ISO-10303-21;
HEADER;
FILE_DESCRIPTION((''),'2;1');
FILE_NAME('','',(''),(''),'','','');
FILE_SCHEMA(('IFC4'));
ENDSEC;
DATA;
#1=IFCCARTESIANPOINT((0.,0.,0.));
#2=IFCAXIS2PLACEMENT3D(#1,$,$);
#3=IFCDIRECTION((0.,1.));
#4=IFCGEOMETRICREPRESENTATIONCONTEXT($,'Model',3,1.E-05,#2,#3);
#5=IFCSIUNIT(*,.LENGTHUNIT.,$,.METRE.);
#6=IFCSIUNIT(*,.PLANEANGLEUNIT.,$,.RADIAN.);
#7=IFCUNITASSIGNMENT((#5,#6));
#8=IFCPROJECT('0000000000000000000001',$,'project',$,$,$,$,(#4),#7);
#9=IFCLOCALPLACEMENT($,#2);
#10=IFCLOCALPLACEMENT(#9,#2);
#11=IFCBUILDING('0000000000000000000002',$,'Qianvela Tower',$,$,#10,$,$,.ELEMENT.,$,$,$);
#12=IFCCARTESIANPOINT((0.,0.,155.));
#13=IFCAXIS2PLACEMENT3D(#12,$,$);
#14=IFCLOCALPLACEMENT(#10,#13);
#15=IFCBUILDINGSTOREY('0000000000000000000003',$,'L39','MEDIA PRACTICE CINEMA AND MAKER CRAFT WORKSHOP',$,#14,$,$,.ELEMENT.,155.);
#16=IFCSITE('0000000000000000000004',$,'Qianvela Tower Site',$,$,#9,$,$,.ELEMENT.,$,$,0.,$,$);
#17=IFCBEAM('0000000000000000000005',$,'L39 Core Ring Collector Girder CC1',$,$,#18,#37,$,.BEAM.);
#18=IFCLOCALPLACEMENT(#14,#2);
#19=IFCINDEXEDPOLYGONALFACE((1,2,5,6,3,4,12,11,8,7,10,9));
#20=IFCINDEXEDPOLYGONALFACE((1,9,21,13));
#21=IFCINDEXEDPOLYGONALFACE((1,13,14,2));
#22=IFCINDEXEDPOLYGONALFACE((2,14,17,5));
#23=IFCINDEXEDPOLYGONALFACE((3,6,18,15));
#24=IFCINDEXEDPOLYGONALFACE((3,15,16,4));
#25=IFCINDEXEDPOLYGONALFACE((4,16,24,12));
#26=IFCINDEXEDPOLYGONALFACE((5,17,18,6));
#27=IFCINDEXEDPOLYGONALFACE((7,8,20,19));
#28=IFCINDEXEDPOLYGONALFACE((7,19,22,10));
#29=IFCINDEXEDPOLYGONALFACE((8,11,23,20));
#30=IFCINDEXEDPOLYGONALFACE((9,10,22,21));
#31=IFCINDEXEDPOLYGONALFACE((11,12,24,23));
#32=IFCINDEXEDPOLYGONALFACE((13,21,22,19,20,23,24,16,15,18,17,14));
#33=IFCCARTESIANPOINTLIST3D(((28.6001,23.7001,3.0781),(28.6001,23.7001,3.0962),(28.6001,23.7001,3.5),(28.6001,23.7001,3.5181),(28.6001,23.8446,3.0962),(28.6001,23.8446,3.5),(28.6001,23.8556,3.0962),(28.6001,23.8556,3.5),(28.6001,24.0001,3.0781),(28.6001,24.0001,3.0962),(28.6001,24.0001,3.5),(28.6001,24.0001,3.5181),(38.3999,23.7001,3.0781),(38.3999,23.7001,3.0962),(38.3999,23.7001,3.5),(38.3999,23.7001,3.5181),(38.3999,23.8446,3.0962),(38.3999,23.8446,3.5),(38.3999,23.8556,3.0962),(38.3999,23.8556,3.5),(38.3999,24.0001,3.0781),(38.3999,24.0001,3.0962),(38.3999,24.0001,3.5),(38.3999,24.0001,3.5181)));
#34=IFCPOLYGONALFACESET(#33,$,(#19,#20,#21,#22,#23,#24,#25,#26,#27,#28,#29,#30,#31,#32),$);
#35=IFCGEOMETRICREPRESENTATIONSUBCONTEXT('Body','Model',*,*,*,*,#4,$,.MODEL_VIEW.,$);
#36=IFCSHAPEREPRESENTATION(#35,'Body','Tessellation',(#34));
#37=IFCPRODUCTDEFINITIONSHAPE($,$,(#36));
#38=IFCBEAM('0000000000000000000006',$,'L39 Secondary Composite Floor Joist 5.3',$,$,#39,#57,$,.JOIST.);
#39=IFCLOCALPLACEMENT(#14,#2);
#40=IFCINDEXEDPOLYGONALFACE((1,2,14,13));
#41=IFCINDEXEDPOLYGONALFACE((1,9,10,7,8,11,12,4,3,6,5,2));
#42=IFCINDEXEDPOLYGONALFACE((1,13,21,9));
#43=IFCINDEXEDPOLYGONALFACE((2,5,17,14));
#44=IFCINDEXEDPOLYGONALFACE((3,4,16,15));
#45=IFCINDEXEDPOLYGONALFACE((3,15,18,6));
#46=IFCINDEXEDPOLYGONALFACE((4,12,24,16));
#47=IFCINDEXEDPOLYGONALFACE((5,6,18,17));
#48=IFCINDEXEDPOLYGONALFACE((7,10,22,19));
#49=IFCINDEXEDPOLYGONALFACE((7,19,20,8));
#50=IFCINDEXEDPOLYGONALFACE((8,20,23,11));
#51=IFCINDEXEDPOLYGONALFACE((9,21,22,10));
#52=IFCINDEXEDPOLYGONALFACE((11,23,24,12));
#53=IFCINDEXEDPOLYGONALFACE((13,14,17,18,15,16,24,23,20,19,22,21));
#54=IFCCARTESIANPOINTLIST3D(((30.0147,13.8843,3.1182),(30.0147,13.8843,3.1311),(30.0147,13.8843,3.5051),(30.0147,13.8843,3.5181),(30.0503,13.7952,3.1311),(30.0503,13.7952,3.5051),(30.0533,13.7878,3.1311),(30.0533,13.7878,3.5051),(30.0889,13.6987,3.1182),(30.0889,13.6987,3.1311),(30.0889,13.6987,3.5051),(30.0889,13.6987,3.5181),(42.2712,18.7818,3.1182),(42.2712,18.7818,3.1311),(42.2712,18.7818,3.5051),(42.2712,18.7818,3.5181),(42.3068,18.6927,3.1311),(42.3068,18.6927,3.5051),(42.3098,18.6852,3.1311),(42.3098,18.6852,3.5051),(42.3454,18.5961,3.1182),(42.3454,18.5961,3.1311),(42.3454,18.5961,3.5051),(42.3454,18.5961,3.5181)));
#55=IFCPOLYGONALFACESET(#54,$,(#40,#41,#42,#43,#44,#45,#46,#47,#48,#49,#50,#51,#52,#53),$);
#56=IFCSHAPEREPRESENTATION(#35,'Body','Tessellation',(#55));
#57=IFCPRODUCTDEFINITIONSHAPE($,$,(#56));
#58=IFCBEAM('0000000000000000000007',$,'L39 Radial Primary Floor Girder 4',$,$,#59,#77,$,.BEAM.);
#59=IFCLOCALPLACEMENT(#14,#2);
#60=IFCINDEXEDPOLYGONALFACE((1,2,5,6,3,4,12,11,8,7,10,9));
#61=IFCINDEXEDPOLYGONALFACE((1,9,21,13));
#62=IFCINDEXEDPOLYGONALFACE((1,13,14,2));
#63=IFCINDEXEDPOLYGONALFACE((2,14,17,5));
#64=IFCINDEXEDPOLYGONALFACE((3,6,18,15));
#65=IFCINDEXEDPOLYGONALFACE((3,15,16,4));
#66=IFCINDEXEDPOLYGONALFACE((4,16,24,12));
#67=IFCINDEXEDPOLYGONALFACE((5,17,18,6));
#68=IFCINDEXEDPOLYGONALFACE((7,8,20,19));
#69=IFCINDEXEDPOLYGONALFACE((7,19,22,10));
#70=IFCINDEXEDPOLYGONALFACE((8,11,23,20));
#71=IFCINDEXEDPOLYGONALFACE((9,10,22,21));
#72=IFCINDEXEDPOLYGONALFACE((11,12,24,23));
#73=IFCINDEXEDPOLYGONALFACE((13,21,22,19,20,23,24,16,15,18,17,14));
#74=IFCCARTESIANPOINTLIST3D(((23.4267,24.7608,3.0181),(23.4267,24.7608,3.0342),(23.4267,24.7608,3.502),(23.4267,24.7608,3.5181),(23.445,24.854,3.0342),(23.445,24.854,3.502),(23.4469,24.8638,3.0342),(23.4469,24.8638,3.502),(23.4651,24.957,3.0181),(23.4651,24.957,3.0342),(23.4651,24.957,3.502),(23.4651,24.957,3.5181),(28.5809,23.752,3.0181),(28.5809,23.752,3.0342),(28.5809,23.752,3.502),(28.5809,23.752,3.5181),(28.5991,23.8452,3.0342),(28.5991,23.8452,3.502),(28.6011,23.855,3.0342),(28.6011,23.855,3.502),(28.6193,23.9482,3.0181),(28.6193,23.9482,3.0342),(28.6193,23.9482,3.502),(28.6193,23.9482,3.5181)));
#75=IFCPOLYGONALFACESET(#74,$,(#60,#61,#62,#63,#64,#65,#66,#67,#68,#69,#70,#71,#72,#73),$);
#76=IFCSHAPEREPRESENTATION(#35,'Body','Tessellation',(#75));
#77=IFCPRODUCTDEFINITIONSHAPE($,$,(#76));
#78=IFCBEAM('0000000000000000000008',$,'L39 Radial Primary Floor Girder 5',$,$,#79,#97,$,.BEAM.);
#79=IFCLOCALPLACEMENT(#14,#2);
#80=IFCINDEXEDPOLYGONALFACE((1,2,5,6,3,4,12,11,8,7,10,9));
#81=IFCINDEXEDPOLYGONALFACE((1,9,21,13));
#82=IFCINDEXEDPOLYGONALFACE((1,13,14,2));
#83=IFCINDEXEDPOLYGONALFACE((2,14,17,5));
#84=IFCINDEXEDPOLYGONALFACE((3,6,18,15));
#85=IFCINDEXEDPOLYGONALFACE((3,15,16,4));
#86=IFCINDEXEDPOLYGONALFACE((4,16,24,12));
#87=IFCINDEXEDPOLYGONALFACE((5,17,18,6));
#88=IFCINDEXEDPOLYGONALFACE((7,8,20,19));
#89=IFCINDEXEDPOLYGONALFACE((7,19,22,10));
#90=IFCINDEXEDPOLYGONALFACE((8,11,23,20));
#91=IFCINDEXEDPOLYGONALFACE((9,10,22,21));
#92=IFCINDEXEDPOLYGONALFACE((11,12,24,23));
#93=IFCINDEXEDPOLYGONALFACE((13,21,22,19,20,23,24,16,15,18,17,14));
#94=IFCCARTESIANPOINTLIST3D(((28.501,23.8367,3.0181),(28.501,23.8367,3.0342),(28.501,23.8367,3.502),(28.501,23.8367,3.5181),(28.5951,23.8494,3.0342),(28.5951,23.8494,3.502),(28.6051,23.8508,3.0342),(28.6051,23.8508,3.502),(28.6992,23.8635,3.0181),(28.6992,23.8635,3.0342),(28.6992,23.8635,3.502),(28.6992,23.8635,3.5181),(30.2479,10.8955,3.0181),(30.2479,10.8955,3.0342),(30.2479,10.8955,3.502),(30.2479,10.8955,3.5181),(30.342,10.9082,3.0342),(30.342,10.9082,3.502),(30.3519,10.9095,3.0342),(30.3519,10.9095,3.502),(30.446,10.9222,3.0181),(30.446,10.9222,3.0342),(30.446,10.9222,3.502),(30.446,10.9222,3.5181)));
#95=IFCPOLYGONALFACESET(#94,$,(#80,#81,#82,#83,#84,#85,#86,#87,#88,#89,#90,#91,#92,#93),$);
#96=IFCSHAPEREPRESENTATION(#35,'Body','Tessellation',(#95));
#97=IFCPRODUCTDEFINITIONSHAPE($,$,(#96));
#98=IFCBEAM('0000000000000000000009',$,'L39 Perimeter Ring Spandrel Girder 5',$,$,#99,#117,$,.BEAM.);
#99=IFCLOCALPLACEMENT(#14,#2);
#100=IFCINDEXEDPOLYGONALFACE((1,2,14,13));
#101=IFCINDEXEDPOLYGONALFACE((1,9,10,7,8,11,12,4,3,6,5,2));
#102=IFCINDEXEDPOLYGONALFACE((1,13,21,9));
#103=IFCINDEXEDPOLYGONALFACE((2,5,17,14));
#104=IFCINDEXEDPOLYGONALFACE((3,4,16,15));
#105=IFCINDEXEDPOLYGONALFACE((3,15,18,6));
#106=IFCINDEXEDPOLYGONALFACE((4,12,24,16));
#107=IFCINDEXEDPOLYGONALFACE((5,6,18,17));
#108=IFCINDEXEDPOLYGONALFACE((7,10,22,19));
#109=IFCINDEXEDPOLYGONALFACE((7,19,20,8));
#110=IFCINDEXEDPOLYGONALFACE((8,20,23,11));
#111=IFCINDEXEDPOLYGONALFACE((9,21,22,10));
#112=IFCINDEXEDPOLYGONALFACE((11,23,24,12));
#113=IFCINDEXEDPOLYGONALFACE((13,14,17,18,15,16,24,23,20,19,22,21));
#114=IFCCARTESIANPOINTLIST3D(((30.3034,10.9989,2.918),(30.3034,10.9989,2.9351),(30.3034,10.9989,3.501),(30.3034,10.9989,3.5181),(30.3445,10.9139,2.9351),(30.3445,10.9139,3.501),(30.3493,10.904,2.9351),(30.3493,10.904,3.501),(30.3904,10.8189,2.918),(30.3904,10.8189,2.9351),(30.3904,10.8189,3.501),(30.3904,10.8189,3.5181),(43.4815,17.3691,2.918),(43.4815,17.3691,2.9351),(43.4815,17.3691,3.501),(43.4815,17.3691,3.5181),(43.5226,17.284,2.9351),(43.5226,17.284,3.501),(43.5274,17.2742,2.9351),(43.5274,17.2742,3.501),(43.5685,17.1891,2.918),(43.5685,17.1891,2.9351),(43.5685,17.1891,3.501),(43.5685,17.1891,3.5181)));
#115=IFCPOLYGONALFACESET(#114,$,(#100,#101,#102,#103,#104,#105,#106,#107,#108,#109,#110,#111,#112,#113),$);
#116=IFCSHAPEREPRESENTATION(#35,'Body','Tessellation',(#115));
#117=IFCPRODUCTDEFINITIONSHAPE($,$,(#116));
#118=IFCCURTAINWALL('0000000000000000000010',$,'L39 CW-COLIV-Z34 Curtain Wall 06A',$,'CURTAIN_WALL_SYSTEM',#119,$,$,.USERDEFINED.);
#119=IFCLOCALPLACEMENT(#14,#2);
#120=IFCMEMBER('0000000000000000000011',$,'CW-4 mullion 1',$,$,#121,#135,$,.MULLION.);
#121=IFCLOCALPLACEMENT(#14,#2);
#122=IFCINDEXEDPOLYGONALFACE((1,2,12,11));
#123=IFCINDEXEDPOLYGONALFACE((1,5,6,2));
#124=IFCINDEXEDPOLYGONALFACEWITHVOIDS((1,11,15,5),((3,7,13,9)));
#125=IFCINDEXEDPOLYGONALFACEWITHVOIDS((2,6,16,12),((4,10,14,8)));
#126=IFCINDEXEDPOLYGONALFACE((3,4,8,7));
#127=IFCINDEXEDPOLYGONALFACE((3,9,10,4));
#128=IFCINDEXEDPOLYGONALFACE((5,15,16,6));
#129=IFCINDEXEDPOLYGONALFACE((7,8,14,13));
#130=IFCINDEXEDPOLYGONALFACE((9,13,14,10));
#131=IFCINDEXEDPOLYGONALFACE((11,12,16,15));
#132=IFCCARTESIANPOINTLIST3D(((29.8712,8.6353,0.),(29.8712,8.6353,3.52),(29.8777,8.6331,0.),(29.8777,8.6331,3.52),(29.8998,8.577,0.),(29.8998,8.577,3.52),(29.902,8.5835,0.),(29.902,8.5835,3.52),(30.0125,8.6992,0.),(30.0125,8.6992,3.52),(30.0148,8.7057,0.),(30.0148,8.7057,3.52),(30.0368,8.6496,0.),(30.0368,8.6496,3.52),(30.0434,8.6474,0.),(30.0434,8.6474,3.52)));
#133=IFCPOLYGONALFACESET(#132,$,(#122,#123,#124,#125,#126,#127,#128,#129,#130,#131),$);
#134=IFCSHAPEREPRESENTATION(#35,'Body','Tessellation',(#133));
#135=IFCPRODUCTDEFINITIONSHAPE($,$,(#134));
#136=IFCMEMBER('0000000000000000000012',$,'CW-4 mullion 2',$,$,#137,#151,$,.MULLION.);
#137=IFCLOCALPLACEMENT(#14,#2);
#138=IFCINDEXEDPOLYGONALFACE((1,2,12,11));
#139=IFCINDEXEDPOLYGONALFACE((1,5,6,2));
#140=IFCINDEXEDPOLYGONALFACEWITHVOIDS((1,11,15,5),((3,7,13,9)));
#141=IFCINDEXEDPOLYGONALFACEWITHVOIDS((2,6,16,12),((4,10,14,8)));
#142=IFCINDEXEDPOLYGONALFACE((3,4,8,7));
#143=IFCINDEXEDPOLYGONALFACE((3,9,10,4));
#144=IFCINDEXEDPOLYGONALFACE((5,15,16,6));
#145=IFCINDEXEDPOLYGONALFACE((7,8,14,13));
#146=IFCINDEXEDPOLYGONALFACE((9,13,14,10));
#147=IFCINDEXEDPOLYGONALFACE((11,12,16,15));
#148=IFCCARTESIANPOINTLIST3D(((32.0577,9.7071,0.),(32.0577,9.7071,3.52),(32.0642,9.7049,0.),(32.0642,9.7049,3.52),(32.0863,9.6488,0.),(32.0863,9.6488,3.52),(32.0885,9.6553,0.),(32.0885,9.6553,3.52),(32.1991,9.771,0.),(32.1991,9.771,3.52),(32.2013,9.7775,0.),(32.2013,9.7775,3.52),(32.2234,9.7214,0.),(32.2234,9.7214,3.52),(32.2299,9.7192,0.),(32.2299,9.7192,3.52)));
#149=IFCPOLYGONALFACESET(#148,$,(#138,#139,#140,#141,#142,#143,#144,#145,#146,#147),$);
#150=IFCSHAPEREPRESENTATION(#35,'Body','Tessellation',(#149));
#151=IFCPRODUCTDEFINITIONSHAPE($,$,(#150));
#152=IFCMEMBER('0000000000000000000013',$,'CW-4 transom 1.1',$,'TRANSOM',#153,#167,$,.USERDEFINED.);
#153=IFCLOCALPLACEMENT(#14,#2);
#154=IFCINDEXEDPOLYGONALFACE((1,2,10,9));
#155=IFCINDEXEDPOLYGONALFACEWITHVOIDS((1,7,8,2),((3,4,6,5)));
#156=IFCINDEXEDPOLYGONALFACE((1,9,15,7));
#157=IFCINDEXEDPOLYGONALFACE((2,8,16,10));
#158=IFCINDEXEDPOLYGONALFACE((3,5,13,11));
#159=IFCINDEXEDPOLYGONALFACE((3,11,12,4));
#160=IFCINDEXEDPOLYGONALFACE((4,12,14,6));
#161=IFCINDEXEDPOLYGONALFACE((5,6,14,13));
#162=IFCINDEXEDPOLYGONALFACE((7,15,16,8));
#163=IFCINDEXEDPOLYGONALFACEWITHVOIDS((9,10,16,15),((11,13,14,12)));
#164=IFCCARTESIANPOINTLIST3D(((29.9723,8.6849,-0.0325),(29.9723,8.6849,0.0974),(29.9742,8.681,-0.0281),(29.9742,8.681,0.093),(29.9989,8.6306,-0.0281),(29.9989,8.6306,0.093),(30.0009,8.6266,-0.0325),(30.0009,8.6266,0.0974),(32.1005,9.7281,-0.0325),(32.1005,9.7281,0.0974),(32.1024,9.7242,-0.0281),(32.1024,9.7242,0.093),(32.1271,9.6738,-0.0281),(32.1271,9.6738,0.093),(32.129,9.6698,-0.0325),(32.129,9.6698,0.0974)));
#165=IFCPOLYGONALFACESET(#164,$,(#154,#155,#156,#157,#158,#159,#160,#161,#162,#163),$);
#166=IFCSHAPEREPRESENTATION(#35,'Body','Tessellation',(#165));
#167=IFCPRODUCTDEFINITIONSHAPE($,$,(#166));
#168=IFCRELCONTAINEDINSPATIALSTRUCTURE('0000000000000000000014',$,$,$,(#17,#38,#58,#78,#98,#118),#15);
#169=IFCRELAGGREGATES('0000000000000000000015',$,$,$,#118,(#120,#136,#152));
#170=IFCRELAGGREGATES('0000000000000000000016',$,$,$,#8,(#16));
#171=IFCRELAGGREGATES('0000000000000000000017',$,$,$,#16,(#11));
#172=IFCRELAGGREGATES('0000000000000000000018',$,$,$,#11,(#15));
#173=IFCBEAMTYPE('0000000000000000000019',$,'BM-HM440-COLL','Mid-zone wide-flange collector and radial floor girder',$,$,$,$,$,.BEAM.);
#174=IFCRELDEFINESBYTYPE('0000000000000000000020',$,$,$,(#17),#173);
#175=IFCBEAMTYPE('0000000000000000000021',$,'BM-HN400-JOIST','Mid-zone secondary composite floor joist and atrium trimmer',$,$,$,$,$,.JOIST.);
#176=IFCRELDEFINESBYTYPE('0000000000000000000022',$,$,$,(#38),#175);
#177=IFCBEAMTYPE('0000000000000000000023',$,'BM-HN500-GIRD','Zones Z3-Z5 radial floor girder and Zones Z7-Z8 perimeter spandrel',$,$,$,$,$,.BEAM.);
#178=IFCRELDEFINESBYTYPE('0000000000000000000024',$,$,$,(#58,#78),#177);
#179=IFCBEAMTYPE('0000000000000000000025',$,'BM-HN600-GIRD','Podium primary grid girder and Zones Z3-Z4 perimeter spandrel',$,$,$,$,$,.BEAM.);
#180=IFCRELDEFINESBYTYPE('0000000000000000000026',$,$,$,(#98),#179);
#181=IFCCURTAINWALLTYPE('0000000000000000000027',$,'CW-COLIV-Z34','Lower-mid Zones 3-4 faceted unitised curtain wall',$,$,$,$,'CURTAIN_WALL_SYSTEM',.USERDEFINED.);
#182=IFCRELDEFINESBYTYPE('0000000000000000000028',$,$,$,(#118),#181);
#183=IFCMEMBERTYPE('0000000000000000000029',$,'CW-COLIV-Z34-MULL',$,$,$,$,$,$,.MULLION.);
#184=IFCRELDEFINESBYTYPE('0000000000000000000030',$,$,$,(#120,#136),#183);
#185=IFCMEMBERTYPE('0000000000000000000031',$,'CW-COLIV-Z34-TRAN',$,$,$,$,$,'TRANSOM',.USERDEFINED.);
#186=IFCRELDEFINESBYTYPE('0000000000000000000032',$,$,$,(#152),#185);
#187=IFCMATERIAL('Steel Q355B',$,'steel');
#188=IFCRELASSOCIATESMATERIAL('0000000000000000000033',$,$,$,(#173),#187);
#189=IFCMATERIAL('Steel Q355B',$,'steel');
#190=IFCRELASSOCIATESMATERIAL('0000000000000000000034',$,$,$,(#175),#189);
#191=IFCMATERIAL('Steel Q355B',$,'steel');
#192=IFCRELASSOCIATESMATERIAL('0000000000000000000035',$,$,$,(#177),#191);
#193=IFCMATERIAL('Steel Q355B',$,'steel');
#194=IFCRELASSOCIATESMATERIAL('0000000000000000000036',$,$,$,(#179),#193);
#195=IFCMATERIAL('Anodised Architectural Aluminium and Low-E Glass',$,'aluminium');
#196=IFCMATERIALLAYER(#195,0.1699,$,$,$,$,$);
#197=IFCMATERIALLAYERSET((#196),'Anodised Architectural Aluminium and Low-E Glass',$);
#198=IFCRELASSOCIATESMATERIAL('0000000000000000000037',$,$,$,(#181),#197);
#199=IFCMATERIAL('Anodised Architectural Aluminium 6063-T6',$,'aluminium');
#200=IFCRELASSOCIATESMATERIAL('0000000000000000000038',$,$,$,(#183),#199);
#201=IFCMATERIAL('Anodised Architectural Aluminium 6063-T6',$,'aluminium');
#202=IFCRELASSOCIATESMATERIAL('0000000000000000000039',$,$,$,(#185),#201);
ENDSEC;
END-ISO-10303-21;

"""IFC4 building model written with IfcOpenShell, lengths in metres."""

from ifc_helpers import new_model, si_unit, direction, frame, origin, origin_2d, place, context, subcontext, project, spatial, hollow_rectangle, i_section, extrude, material, layer, layer_set, material_profile, profile_set, type_object, element, aggregate, save


model = new_model("IFC4")

# Units and contexts
model_context = context("Model", 3, precision=1e-05, world=origin(), true_north=direction((0.0, 1.0)))
body_context = subcontext(model_context, "Body", "Model", "MODEL_VIEW")
ifc_project = project(units=[si_unit("LENGTHUNIT", "METRE"), si_unit("PLANEANGLEUNIT", "RADIAN")], contexts=[model_context])

# Site, building, storey
site_placement = place(None, origin())
site = spatial("IfcSite", under=ifc_project, at=site_placement, Name="Qianvela Tower Site", CompositionType="ELEMENT", RefElevation=0.0)
building_placement = place(site_placement, origin())
building = spatial("IfcBuilding", under=site, at=building_placement, Name="Qianvela Tower", CompositionType="ELEMENT")
storey_placement = place(building_placement, frame((0.0, 0.0, 155.0)))
storey = spatial("IfcBuildingStorey", under=building, at=storey_placement, Name="L39", Description="MEDIA PRACTICE CINEMA AND MAKER CRAFT WORKSHOP", CompositionType="ELEMENT", Elevation=155.0)

# Beams
ifc_material_1 = material(Name="Steel Q355B", Category="steel")
ifc_material_profile_1 = material_profile(ifc_material_1, i_section(OverallWidth=0.3, OverallDepth=0.4399, WebThickness=0.011, FlangeThickness=0.0181, at=origin_2d()), Name="HM440x300x11x18")
ifc_profile_set_1 = profile_set([ifc_material_profile_1], Name="Steel Q355B")
beam_type_1 = type_object("IfcBeamType", Name="BM-HM440-COLL", Description="Mid-zone wide-flange collector and radial floor girder", PredefinedType="BEAM", material=ifc_profile_set_1)
beam_1_placement = place(storey_placement, frame((28.6001, 23.8501, 3.2981), z_axis=(1.0, 0.0, 0.0), x_axis=(0.0, 1.0, 0.0)))
element("IfcBeam", 1, at=beam_1_placement, inside=storey, type_object=beam_type_1, Name="L39 Core Ring Collector Girder CC1", PredefinedType="BEAM", context=body_context, shape_type="SweptSolid", body=[
    extrude(i_section(OverallWidth=0.3, OverallDepth=0.4399, WebThickness=0.011, FlangeThickness=0.0181, at=origin_2d()), origin(), (0.0, 0.0, 1.0), 9.7998),
])
ifc_material_2 = material(Name="Steel Q355B", Category="steel")
ifc_material_profile_2 = material_profile(ifc_material_2, i_section(OverallWidth=0.2, OverallDepth=0.3999, WebThickness=0.0081, FlangeThickness=0.0129, at=origin_2d()), Name="HN400x200x8x13")
ifc_profile_set_2 = profile_set([ifc_material_profile_2], Name="Steel Q355B")
beam_type_2 = type_object("IfcBeamType", Name="BM-HN400-JOIST", Description="Mid-zone secondary composite floor joist and atrium trimmer", PredefinedType="JOIST", material=ifc_profile_set_2)
beam_2_placement = place(storey_placement, frame((30.0518, 13.7915, 3.3181), z_axis=(0.928612, 0.371053, 0.0), x_axis=(-0.371053, 0.928612, 0.0)))
element("IfcBeam", 2, at=beam_2_placement, inside=storey, type_object=beam_type_2, Name="L39 Secondary Composite Floor Joist 5.3", PredefinedType="JOIST", context=body_context, shape_type="SweptSolid", body=[
    extrude(i_section(OverallWidth=0.2, OverallDepth=0.3999, WebThickness=0.0081, FlangeThickness=0.0129, at=origin_2d()), origin(), (0.0, 0.0, 1.0), 13.1987),
])
ifc_material_3 = material(Name="Steel Q355B", Category="steel")
ifc_material_profile_3 = material_profile(ifc_material_3, i_section(OverallWidth=0.2, OverallDepth=0.5, WebThickness=0.01, FlangeThickness=0.0161, at=origin_2d()), Name="HN500x200x10x16")
ifc_profile_set_3 = profile_set([ifc_material_profile_3], Name="Steel Q355B")
beam_type_3 = type_object("IfcBeamType", Name="BM-HN500-GIRD", Description="Zones Z3-Z5 radial floor girder and Zones Z7-Z8 perimeter spandrel", PredefinedType="BEAM", material=ifc_profile_set_3)
beam_3_placement = place(storey_placement, frame((28.6001, 23.8501, 3.2681), z_axis=(-0.981379, 0.192083, 0.0), x_axis=(-0.192083, -0.981379, 0.0)))
element("IfcBeam", 3, at=beam_3_placement, inside=storey, type_object=beam_type_3, Name="L39 Radial Primary Floor Girder 4", PredefinedType="BEAM", context=body_context, shape_type="SweptSolid", body=[
    extrude(i_section(OverallWidth=0.2, OverallDepth=0.5, WebThickness=0.01, FlangeThickness=0.0161, at=origin_2d()), origin(), (0.0, 0.0, 1.0), 5.252),
])
beam_4_placement = place(storey_placement, frame((28.6001, 23.8501, 3.2681), z_axis=(0.133769, -0.991013, 0.0), x_axis=(0.991013, 0.133769, 0.0)))
element("IfcBeam", 4, at=beam_4_placement, inside=storey, type_object=beam_type_3, Name="L39 Radial Primary Floor Girder 5", PredefinedType="BEAM", context=body_context, shape_type="SweptSolid", body=[
    extrude(i_section(OverallWidth=0.2, OverallDepth=0.5, WebThickness=0.01, FlangeThickness=0.0161, at=origin_2d()), origin(), (0.0, 0.0, 1.0), 13.0586),
])
ifc_material_4 = material(Name="Steel Q355B", Category="steel")
ifc_material_profile_4 = material_profile(ifc_material_4, i_section(OverallWidth=0.2, OverallDepth=0.6001, WebThickness=0.011, FlangeThickness=0.0171, at=origin_2d()), Name="HN600x200x11x17")
ifc_profile_set_4 = profile_set([ifc_material_profile_4], Name="Steel Q355B")
beam_type_4 = type_object("IfcBeamType", Name="BM-HN600-GIRD", Description="Podium primary grid girder and Zones Z3-Z4 perimeter spandrel", PredefinedType="BEAM", material=ifc_profile_set_4)
beam_5_placement = place(storey_placement, frame((30.3469, 10.9089, 3.218), z_axis=(0.900329, 0.435211, 0.0), x_axis=(-0.435211, 0.900329, 0.0)))
element("IfcBeam", 5, at=beam_5_placement, inside=storey, type_object=beam_type_4, Name="L39 Perimeter Ring Spandrel Girder 5", PredefinedType="BEAM", context=body_context, shape_type="SweptSolid", body=[
    extrude(i_section(OverallWidth=0.2, OverallDepth=0.6001, WebThickness=0.011, FlangeThickness=0.0171, at=origin_2d()), origin(), (0.0, 0.0, 1.0), 14.637),
])

# Curtain wall, members
ifc_material_5 = material(Name="Anodised Architectural Aluminium and Low-E Glass", Category="aluminium")
ifc_layer_1 = layer(ifc_material_5, 0.1699)
ifc_layer_set_1 = layer_set([ifc_layer_1], Name="Anodised Architectural Aluminium and Low-E Glass")
curtain_wall_type = type_object("IfcCurtainWallType", Name="CW-COLIV-Z34", Description="Lower-mid Zones 3-4 faceted unitised curtain wall", ElementType="CURTAIN_WALL_SYSTEM", PredefinedType="USERDEFINED", material=ifc_layer_set_1)
curtain_wall_placement = place(storey_placement, origin())
curtain_wall = element("IfcCurtainWall", 6, at=curtain_wall_placement, inside=storey, type_object=curtain_wall_type, Name="L39 CW-COLIV-Z34 Curtain Wall 06A", ObjectType="CURTAIN_WALL_SYSTEM", PredefinedType="USERDEFINED")
ifc_material_6 = material(Name="Anodised Architectural Aluminium 6063-T6", Category="aluminium")
ifc_material_profile_5 = material_profile(ifc_material_6, hollow_rectangle(XDim=0.0649, YDim=0.1599, WallThickness=0.0049, at=origin_2d()), Name="ALU-MULL-65x160")
ifc_profile_set_5 = profile_set([ifc_material_profile_5], Name="Anodised Architectural Aluminium 6063-T6")
member_type_1 = type_object("IfcMemberType", Name="CW-COLIV-Z34-MULL", PredefinedType="MULLION", material=ifc_profile_set_5)
member_1_placement = place(storey_placement, frame((29.9573, 8.6414, 0.0), z_axis=(0.0, 0.0, 1.0), x_axis=(-0.44016, 0.897919, 0.0)))
member_1 = element("IfcMember", 7, at=member_1_placement, type_object=member_type_1, Name="CW-4 mullion 1", PredefinedType="MULLION", context=body_context, shape_type="SweptSolid", body=[
    extrude(hollow_rectangle(XDim=0.0649, YDim=0.1599, WallThickness=0.0049, at=origin_2d()), origin(), (0.0, 0.0, 1.0), 3.52),
])
member_2_placement = place(storey_placement, frame((32.1438, 9.7131, 0.0), z_axis=(0.0, 0.0, 1.0), x_axis=(-0.44016, 0.897919, 0.0)))
member_2 = element("IfcMember", 8, at=member_2_placement, type_object=member_type_1, Name="CW-4 mullion 2", PredefinedType="MULLION", context=body_context, shape_type="SweptSolid", body=[
    extrude(hollow_rectangle(XDim=0.0649, YDim=0.1599, WallThickness=0.0049, at=origin_2d()), origin(), (0.0, 0.0, 1.0), 3.52),
])
ifc_material_7 = material(Name="Anodised Architectural Aluminium 6063-T6", Category="aluminium")
ifc_material_profile_6 = material_profile(ifc_material_7, hollow_rectangle(XDim=0.0649, YDim=0.1299, WallThickness=0.0044, at=origin_2d()), Name="ALU-TRAN-65x130")
ifc_profile_set_6 = profile_set([ifc_material_profile_6], Name="Anodised Architectural Aluminium 6063-T6")
member_type_2 = type_object("IfcMemberType", Name="CW-COLIV-Z34-TRAN", ElementType="TRANSOM", PredefinedType="USERDEFINED", material=ifc_profile_set_6)
member_3_placement = place(storey_placement, frame((29.9866, 8.6558, 0.0325), z_axis=(0.897922, 0.440154, 0.0), x_axis=(-0.440154, 0.897922, 0.0)))
member_3 = element("IfcMember", 9, at=member_3_placement, type_object=member_type_2, Name="CW-4 transom 1.1", ObjectType="TRANSOM", PredefinedType="USERDEFINED", context=body_context, shape_type="SweptSolid", body=[
    extrude(hollow_rectangle(XDim=0.0649, YDim=0.1299, WallThickness=0.0044, at=origin_2d()), origin(), (0.0, 0.0, 1.0), 2.3701),
])

aggregate(curtain_wall, [member_1, member_2, member_3])

save(model, "model.ifc")
